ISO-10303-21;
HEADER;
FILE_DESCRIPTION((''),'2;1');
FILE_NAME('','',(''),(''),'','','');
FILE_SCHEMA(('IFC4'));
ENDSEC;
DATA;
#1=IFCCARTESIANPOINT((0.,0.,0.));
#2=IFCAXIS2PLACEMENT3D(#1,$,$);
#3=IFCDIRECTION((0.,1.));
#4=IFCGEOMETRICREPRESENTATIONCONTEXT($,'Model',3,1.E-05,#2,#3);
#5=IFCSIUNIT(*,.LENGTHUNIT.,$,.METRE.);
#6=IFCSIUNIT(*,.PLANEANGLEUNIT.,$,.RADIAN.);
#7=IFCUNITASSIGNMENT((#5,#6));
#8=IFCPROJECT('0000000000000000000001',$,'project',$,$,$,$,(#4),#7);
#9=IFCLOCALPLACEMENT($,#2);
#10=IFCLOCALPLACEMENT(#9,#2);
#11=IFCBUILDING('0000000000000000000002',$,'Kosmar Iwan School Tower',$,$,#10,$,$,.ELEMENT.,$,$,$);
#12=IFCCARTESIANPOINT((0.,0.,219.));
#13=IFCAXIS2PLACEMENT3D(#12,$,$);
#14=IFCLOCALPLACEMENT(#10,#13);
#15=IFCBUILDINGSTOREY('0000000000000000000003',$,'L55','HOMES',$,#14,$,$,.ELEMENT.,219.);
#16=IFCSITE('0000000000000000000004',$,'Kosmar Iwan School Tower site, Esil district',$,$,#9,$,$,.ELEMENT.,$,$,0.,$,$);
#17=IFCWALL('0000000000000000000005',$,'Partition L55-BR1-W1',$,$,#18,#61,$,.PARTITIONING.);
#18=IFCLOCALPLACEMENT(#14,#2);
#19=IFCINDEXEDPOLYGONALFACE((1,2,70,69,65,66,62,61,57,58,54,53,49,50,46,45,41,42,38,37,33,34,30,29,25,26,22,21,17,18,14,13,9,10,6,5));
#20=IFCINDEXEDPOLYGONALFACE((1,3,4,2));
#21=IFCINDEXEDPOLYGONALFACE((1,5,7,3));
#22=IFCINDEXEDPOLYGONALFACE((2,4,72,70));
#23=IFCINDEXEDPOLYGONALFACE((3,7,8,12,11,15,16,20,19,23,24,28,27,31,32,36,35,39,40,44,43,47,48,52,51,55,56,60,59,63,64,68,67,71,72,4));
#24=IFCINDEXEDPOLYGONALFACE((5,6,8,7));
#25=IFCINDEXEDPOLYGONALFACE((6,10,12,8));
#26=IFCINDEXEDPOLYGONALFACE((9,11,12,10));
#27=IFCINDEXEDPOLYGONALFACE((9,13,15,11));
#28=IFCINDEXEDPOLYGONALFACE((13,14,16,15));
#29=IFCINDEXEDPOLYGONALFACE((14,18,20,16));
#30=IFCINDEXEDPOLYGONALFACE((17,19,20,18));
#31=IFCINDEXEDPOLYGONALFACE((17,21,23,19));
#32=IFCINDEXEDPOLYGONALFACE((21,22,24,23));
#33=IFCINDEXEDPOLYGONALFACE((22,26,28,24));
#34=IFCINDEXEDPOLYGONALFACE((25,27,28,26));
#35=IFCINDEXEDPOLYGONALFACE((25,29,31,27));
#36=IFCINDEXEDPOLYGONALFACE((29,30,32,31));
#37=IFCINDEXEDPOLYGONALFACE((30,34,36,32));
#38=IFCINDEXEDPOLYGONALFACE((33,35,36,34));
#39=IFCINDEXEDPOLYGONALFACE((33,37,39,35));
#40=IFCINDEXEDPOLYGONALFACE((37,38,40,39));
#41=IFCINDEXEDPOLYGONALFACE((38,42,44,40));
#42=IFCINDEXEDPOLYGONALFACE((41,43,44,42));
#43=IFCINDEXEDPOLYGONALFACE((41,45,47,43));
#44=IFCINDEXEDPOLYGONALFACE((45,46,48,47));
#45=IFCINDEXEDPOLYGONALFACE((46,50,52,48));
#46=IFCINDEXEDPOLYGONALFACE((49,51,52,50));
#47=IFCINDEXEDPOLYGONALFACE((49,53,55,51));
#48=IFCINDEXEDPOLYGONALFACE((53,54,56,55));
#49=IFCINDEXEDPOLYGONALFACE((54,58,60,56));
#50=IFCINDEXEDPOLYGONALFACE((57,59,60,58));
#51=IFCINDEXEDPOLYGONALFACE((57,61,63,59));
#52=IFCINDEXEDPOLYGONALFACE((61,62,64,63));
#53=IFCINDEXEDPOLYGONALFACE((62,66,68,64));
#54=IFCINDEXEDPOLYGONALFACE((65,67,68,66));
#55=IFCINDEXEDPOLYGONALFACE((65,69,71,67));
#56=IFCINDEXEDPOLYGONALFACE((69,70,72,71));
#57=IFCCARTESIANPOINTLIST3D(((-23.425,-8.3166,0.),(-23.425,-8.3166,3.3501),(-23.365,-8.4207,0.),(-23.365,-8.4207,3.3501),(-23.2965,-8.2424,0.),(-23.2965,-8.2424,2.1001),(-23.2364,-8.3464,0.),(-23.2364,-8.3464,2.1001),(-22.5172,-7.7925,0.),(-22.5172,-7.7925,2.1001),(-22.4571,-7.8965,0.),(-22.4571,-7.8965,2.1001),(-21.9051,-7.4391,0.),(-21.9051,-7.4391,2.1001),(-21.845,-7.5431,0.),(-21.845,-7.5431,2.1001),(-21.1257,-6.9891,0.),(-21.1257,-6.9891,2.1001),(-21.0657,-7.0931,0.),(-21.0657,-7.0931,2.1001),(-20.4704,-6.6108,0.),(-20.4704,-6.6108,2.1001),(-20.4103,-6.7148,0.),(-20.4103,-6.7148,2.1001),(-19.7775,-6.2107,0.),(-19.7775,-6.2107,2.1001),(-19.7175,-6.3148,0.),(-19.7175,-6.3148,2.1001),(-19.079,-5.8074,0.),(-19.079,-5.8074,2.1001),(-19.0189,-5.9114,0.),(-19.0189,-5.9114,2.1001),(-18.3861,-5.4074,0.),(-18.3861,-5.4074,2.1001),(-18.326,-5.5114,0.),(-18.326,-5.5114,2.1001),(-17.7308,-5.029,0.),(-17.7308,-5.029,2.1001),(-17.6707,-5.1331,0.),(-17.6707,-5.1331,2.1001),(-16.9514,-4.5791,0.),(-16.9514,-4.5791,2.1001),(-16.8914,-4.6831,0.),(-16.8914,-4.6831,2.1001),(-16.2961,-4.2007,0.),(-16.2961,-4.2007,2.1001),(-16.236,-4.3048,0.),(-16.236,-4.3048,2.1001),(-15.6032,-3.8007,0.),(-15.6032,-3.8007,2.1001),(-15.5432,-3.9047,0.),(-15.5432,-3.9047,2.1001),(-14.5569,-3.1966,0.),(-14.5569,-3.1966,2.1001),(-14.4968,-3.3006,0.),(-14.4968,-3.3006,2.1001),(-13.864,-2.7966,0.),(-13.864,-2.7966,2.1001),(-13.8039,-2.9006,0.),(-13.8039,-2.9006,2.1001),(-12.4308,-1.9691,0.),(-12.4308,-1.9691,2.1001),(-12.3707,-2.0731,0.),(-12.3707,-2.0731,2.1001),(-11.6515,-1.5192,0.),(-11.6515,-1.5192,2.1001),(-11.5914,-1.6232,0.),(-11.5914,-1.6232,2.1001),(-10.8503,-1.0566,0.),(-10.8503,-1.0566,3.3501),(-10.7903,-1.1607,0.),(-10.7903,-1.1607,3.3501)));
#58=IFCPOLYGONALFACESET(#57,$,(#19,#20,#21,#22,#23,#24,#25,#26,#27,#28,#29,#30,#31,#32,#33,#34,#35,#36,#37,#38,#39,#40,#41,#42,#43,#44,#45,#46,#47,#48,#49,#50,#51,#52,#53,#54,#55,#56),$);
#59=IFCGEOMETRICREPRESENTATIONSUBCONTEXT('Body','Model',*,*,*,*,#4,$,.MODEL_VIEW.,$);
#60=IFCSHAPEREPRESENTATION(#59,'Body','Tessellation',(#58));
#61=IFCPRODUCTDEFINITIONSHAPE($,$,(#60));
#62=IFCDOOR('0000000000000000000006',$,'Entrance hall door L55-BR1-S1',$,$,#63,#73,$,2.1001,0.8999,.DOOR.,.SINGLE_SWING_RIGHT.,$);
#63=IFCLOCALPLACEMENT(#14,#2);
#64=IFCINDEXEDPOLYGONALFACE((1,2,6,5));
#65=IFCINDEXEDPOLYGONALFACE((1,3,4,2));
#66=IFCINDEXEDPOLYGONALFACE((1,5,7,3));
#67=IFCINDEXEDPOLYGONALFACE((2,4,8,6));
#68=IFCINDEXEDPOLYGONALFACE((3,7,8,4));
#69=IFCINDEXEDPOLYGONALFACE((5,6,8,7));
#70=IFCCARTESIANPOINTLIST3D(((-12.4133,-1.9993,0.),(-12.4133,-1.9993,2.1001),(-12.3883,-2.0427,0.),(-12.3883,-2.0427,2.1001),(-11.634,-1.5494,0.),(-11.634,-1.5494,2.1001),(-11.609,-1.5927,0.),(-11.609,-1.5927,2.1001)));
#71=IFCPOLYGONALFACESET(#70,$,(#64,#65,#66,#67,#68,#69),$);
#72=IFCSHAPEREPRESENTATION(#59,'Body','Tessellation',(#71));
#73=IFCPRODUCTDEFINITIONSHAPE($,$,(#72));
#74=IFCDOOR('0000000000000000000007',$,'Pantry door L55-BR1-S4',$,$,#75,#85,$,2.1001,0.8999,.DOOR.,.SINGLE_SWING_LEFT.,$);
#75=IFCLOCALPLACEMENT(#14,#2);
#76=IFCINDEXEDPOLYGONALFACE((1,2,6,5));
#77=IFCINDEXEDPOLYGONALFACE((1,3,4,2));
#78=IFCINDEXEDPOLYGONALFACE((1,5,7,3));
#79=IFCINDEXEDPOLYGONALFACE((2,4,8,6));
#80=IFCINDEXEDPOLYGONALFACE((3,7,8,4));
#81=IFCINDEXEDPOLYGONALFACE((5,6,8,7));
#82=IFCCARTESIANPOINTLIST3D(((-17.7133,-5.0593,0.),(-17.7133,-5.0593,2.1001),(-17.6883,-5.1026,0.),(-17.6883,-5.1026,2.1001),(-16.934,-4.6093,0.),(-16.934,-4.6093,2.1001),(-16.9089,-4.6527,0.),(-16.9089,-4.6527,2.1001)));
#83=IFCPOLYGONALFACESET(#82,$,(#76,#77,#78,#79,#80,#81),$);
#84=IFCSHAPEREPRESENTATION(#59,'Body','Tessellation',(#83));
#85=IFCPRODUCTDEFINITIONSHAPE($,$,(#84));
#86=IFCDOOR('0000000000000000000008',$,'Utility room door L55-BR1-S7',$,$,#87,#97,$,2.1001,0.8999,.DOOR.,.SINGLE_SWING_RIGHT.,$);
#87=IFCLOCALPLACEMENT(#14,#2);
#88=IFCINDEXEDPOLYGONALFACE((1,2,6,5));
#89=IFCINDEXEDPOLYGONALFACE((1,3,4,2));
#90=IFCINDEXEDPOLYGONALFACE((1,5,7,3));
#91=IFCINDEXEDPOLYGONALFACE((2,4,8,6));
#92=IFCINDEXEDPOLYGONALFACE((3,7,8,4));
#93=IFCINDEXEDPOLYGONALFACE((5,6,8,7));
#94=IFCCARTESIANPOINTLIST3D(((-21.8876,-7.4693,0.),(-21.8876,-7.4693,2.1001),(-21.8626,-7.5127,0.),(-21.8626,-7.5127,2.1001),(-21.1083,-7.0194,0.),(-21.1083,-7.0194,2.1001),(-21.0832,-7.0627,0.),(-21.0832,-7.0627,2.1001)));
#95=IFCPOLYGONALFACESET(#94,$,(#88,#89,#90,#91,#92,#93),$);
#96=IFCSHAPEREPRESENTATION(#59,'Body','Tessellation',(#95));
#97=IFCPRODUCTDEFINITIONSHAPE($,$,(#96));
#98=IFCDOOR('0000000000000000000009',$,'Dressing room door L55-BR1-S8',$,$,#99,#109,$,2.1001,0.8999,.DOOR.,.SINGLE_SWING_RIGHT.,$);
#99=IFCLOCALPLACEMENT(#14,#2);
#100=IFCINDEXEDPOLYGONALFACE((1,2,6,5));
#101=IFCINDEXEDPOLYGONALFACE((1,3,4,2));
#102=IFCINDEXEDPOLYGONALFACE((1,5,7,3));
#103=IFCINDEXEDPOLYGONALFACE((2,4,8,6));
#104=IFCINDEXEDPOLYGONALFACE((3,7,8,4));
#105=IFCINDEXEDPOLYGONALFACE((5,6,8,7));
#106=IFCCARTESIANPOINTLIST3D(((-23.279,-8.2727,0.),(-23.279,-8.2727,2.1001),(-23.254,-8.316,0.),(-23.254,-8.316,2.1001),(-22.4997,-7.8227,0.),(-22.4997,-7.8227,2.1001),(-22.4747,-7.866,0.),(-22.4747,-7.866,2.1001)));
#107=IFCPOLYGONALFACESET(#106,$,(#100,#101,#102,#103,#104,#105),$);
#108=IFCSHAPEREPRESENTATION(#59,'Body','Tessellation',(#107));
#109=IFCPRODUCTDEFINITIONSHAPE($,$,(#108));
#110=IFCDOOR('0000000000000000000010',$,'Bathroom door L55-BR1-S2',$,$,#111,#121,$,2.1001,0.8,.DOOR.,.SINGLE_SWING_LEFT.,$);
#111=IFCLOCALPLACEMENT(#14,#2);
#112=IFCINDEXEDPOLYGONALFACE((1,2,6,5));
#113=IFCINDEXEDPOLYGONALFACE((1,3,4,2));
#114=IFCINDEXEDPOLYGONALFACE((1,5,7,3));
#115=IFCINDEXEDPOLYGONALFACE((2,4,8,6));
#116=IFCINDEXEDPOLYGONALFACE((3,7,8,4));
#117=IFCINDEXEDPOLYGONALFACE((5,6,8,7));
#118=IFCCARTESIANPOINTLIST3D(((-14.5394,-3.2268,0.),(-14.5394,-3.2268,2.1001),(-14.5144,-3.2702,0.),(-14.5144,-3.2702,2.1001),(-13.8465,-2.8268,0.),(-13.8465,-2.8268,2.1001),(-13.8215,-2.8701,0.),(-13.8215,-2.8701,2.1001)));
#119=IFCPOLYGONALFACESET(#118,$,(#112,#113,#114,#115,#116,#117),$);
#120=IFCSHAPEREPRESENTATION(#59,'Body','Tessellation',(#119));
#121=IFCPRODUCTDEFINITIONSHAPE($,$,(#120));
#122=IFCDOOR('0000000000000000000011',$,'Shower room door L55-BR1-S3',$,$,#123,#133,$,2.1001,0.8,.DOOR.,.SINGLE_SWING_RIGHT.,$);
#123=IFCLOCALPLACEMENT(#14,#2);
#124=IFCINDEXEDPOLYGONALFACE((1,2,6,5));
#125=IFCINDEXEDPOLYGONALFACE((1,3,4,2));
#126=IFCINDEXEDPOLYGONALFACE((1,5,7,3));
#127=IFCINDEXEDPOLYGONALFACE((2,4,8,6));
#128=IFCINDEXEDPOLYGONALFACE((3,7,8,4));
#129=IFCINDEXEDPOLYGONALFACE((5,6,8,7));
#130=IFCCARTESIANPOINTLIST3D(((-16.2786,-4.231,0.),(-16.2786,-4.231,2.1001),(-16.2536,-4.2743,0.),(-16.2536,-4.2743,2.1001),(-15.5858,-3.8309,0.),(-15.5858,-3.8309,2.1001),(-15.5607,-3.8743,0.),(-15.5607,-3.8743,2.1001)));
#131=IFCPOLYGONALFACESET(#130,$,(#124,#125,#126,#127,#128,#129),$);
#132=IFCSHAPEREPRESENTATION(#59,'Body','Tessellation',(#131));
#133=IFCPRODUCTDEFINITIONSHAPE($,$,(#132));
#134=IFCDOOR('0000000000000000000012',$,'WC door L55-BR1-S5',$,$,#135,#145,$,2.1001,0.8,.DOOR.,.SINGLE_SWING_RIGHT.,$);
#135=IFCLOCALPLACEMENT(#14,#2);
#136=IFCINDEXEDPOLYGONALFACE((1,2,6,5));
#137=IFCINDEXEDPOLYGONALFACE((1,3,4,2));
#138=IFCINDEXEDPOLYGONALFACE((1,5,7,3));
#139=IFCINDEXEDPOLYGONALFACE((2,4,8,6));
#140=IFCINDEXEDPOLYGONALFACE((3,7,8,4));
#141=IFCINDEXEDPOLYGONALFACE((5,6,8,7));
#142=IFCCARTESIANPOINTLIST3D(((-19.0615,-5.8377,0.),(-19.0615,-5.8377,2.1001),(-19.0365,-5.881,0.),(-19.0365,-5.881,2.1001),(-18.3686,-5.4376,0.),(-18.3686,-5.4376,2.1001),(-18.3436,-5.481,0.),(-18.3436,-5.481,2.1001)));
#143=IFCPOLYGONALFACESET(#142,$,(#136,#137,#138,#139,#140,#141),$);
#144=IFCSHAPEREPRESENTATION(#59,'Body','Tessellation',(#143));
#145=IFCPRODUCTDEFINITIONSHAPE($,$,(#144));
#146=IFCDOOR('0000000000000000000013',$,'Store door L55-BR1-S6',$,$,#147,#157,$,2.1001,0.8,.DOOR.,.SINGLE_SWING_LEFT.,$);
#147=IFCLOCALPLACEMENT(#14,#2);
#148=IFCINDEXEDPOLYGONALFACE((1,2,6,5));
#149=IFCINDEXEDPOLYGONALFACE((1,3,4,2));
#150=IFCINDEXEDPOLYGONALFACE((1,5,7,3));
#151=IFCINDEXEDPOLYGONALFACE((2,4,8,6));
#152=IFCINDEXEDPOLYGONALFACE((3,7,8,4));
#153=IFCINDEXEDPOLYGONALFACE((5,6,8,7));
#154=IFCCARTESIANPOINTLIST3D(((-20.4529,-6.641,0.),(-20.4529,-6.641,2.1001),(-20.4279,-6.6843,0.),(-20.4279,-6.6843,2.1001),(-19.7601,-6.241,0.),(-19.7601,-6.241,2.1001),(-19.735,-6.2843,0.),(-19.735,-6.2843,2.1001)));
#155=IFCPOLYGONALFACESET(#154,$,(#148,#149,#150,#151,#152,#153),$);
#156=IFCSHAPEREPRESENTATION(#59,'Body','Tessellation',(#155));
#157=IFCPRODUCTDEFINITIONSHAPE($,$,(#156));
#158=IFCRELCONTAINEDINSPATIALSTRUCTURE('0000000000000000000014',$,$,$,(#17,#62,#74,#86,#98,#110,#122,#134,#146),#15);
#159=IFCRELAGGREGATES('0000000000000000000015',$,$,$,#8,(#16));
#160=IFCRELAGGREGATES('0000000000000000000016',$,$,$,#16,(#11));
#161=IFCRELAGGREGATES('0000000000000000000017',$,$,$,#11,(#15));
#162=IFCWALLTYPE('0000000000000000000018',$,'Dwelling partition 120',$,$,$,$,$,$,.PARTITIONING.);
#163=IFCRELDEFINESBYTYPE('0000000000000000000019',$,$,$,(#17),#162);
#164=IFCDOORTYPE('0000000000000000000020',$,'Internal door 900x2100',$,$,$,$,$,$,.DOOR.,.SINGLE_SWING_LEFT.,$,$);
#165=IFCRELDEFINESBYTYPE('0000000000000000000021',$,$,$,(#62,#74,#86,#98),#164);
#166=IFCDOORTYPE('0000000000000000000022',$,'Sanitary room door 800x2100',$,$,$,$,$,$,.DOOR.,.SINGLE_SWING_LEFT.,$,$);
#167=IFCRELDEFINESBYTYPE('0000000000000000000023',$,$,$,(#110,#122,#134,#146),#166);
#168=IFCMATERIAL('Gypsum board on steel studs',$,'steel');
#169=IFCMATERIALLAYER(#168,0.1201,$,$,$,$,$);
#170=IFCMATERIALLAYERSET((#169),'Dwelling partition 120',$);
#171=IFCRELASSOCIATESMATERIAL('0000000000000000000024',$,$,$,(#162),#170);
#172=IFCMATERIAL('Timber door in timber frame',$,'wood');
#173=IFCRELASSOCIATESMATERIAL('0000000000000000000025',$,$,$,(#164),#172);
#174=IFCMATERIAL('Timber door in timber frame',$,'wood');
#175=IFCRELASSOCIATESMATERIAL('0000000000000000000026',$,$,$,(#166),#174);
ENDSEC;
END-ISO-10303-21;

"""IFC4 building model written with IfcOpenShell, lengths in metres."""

from ifc_helpers import new_model, si_unit, direction, frame, frame_2d, origin, place, context, subcontext, project, spatial, rectangle, extrude, material, layer, layer_set, type_object, element, fill, save


model = new_model("IFC4")

# Units and contexts
model_context = context("Model", 3, precision=1e-05, world=origin(), true_north=direction((0.0, 1.0)))
body_context = subcontext(model_context, "Body", "Model", "MODEL_VIEW")
ifc_project = project(units=[si_unit("LENGTHUNIT", "METRE"), si_unit("PLANEANGLEUNIT", "RADIAN")], contexts=[model_context])

# Site, building, storey
site_placement = place(None, origin())
site = spatial("IfcSite", under=ifc_project, at=site_placement, Name="Kosmar Iwan School Tower site, Esil district", CompositionType="ELEMENT", RefElevation=0.0)
building_placement = place(site_placement, origin())
building = spatial("IfcBuilding", under=site, at=building_placement, Name="Kosmar Iwan School Tower", CompositionType="ELEMENT")
storey_placement = place(building_placement, frame((0.0, 0.0, 219.0)))
storey = spatial("IfcBuildingStorey", under=building, at=storey_placement, Name="L55", Description="HOMES", CompositionType="ELEMENT", Elevation=219.0)

# Shared definitions
ifc_material_1 = material(Name="Gypsum board on steel studs", Category="steel")
ifc_layer_1 = layer(ifc_material_1, 0.1201)
ifc_layer_set_1 = layer_set([ifc_layer_1], Name="Dwelling partition 120")
wall_type_1 = type_object("IfcWallType", Name="Dwelling partition 120", PredefinedType="PARTITIONING", material=ifc_layer_set_1)

# Wall, openings, doors
wall_1_placement = place(storey_placement, frame((-10.8203, -1.1086, 0.0), z_axis=(0.0, 0.0, 1.0), x_axis=(-0.866025, -0.5, 0.0)))
wall_1 = element("IfcWall", 1, at=wall_1_placement, inside=storey, type_object=wall_type_1, Name="Partition L55-BR1-W1", PredefinedType="PARTITIONING", context=body_context, shape_type="SweptSolid", body=[
    extrude(rectangle(XDim=14.52, YDim=0.1201, at=frame_2d((7.26, 0.0))), origin(), (0.0, 0.0, 1.0), 3.3501),
])
opening_1_placement = place(wall_1_placement, frame((0.925, 0.0, 0.0)))
opening_1 = element("IfcOpeningElement", 2, at=opening_1_placement, cuts=wall_1, PredefinedType="OPENING", context=body_context, shape_type="SweptSolid", body=[
    extrude(rectangle(XDim=0.8999, YDim=2.1001, at=frame_2d((0.45, 1.05))), frame((0.0, 0.072, 0.0), z_axis=(0.0, -1.0, 0.0), x_axis=(1.0, 0.0, 0.0)), (0.0, 0.0, 1.0), 0.144),
])
opening_2_placement = place(wall_1_placement, frame((3.48, 0.0, 0.0)))
opening_2 = element("IfcOpeningElement", 3, at=opening_2_placement, cuts=wall_1, PredefinedType="OPENING", context=body_context, shape_type="SweptSolid", body=[
    extrude(rectangle(XDim=0.8, YDim=2.1001, at=frame_2d((0.3999, 1.05))), frame((0.0, 0.072, 0.0), z_axis=(0.0, -1.0, 0.0), x_axis=(1.0, 0.0, 0.0)), (0.0, 0.0, 1.0), 0.144),
])
opening_3_placement = place(wall_1_placement, frame((5.4883, 0.0, 0.0)))
opening_3 = element("IfcOpeningElement", 4, at=opening_3_placement, cuts=wall_1, PredefinedType="OPENING", context=body_context, shape_type="SweptSolid", body=[
    extrude(rectangle(XDim=0.8, YDim=2.1001, at=frame_2d((0.3999, 1.05))), frame((0.0, 0.072, 0.0), z_axis=(0.0, -1.0, 0.0), x_axis=(1.0, 0.0, 0.0)), (0.0, 0.0, 1.0), 0.144),
])
opening_4_placement = place(wall_1_placement, frame((7.0449, 0.0, 0.0)))
opening_4 = element("IfcOpeningElement", 5, at=opening_4_placement, cuts=wall_1, PredefinedType="OPENING", context=body_context, shape_type="SweptSolid", body=[
    extrude(rectangle(XDim=0.8999, YDim=2.1001, at=frame_2d((0.45, 1.05))), frame((0.0, 0.072, 0.0), z_axis=(0.0, -1.0, 0.0), x_axis=(1.0, 0.0, 0.0)), (0.0, 0.0, 1.0), 0.144),
])
opening_5_placement = place(wall_1_placement, frame((8.7017, 0.0, 0.0)))
opening_5 = element("IfcOpeningElement", 6, at=opening_5_placement, cuts=wall_1, PredefinedType="OPENING", context=body_context, shape_type="SweptSolid", body=[
    extrude(rectangle(XDim=0.8, YDim=2.1001, at=frame_2d((0.3999, 1.05))), frame((0.0, 0.072, 0.0), z_axis=(0.0, -1.0, 0.0), x_axis=(1.0, 0.0, 0.0)), (0.0, 0.0, 1.0), 0.144),
])
opening_6_placement = place(wall_1_placement, frame((10.3083, 0.0, 0.0)))
opening_6 = element("IfcOpeningElement", 7, at=opening_6_placement, cuts=wall_1, PredefinedType="OPENING", context=body_context, shape_type="SweptSolid", body=[
    extrude(rectangle(XDim=0.8, YDim=2.1001, at=frame_2d((0.3999, 1.05))), frame((0.0, 0.072, 0.0), z_axis=(0.0, -1.0, 0.0), x_axis=(1.0, 0.0, 0.0)), (0.0, 0.0, 1.0), 0.144),
])
opening_7_placement = place(wall_1_placement, frame((11.865, 0.0, 0.0)))
opening_7 = element("IfcOpeningElement", 8, at=opening_7_placement, cuts=wall_1, PredefinedType="OPENING", context=body_context, shape_type="SweptSolid", body=[
    extrude(rectangle(XDim=0.8999, YDim=2.1001, at=frame_2d((0.45, 1.05))), frame((0.0, 0.072, 0.0), z_axis=(0.0, -1.0, 0.0), x_axis=(1.0, 0.0, 0.0)), (0.0, 0.0, 1.0), 0.144),
])
opening_8_placement = place(wall_1_placement, frame((13.4717, 0.0, 0.0)))
opening_8 = element("IfcOpeningElement", 9, at=opening_8_placement, cuts=wall_1, PredefinedType="OPENING", context=body_context, shape_type="SweptSolid", body=[
    extrude(rectangle(XDim=0.8999, YDim=2.1001, at=frame_2d((0.45, 1.05))), frame((0.0, 0.072, 0.0), z_axis=(0.0, -1.0, 0.0), x_axis=(1.0, 0.0, 0.0)), (0.0, 0.0, 1.0), 0.144),
])
ifc_material_2 = material(Name="Timber door in timber frame", Category="wood")
door_type_1 = type_object("IfcDoorType", Name="Internal door 900x2100", OperationType="SINGLE_SWING_LEFT", PredefinedType="DOOR", material=ifc_material_2)
door_1_placement = place(opening_1_placement, origin())
door_1 = element("IfcDoor", 10, at=door_1_placement, inside=storey, type_object=door_type_1, Name="Entrance hall door L55-BR1-S1", OperationType="SINGLE_SWING_RIGHT", OverallHeight=2.1001, OverallWidth=0.8999, PredefinedType="DOOR", context=body_context, shape_type="SweptSolid", body=[
    extrude(rectangle(XDim=0.8999, YDim=2.1001, at=frame_2d((0.45, 1.05))), frame((0.0, 0.0249, 0.0), z_axis=(0.0, -1.0, 0.0), x_axis=(1.0, 0.0, 0.0)), (0.0, 0.0, 1.0), 0.05),
])
fill(opening_1, door_1)
door_2_placement = place(opening_4_placement, origin())
door_2 = element("IfcDoor", 11, at=door_2_placement, inside=storey, type_object=door_type_1, Name="Pantry door L55-BR1-S4", OperationType="SINGLE_SWING_LEFT", OverallHeight=2.1001, OverallWidth=0.8999, PredefinedType="DOOR", context=body_context, shape_type="SweptSolid", body=[
    extrude(rectangle(XDim=0.8999, YDim=2.1001, at=frame_2d((0.45, 1.05))), frame((0.0, 0.0249, 0.0), z_axis=(0.0, -1.0, 0.0), x_axis=(1.0, 0.0, 0.0)), (0.0, 0.0, 1.0), 0.05),
])
fill(opening_4, door_2)
door_3_placement = place(opening_7_placement, origin())
door_3 = element("IfcDoor", 12, at=door_3_placement, inside=storey, type_object=door_type_1, Name="Utility room door L55-BR1-S7", OperationType="SINGLE_SWING_RIGHT", OverallHeight=2.1001, OverallWidth=0.8999, PredefinedType="DOOR", context=body_context, shape_type="SweptSolid", body=[
    extrude(rectangle(XDim=0.8999, YDim=2.1001, at=frame_2d((0.45, 1.05))), frame((0.0, 0.0249, 0.0), z_axis=(0.0, -1.0, 0.0), x_axis=(1.0, 0.0, 0.0)), (0.0, 0.0, 1.0), 0.05),
])
fill(opening_7, door_3)
door_4_placement = place(opening_8_placement, origin())
door_4 = element("IfcDoor", 13, at=door_4_placement, inside=storey, type_object=door_type_1, Name="Dressing room door L55-BR1-S8", OperationType="SINGLE_SWING_RIGHT", OverallHeight=2.1001, OverallWidth=0.8999, PredefinedType="DOOR", context=body_context, shape_type="SweptSolid", body=[
    extrude(rectangle(XDim=0.8999, YDim=2.1001, at=frame_2d((0.45, 1.05))), frame((0.0, 0.0249, 0.0), z_axis=(0.0, -1.0, 0.0), x_axis=(1.0, 0.0, 0.0)), (0.0, 0.0, 1.0), 0.05),
])
fill(opening_8, door_4)
ifc_material_3 = material(Name="Timber door in timber frame", Category="wood")
door_type_2 = type_object("IfcDoorType", Name="Sanitary room door 800x2100", OperationType="SINGLE_SWING_LEFT", PredefinedType="DOOR", material=ifc_material_3)
door_5_placement = place(opening_2_placement, origin())
door_5 = element("IfcDoor", 14, at=door_5_placement, inside=storey, type_object=door_type_2, Name="Bathroom door L55-BR1-S2", OperationType="SINGLE_SWING_LEFT", OverallHeight=2.1001, OverallWidth=0.8, PredefinedType="DOOR", context=body_context, shape_type="SweptSolid", body=[
    extrude(rectangle(XDim=0.8, YDim=2.1001, at=frame_2d((0.3999, 1.05))), frame((0.0, 0.0249, 0.0), z_axis=(0.0, -1.0, 0.0), x_axis=(1.0, 0.0, 0.0)), (0.0, 0.0, 1.0), 0.05),
])
fill(opening_2, door_5)
door_6_placement = place(opening_3_placement, origin())
door_6 = element("IfcDoor", 15, at=door_6_placement, inside=storey, type_object=door_type_2, Name="Shower room door L55-BR1-S3", OperationType="SINGLE_SWING_RIGHT", OverallHeight=2.1001, OverallWidth=0.8, PredefinedType="DOOR", context=body_context, shape_type="SweptSolid", body=[
    extrude(rectangle(XDim=0.8, YDim=2.1001, at=frame_2d((0.3999, 1.05))), frame((0.0, 0.0249, 0.0), z_axis=(0.0, -1.0, 0.0), x_axis=(1.0, 0.0, 0.0)), (0.0, 0.0, 1.0), 0.05),
])
fill(opening_3, door_6)
door_7_placement = place(opening_5_placement, origin())
door_7 = element("IfcDoor", 16, at=door_7_placement, inside=storey, type_object=door_type_2, Name="WC door L55-BR1-S5", OperationType="SINGLE_SWING_RIGHT", OverallHeight=2.1001, OverallWidth=0.8, PredefinedType="DOOR", context=body_context, shape_type="SweptSolid", body=[
    extrude(rectangle(XDim=0.8, YDim=2.1001, at=frame_2d((0.3999, 1.05))), frame((0.0, 0.0249, 0.0), z_axis=(0.0, -1.0, 0.0), x_axis=(1.0, 0.0, 0.0)), (0.0, 0.0, 1.0), 0.05),
])
fill(opening_5, door_7)
door_8_placement = place(opening_6_placement, origin())
door_8 = element("IfcDoor", 17, at=door_8_placement, inside=storey, type_object=door_type_2, Name="Store door L55-BR1-S6", OperationType="SINGLE_SWING_LEFT", OverallHeight=2.1001, OverallWidth=0.8, PredefinedType="DOOR", context=body_context, shape_type="SweptSolid", body=[
    extrude(rectangle(XDim=0.8, YDim=2.1001, at=frame_2d((0.3999, 1.05))), frame((0.0, 0.0249, 0.0), z_axis=(0.0, -1.0, 0.0), x_axis=(1.0, 0.0, 0.0)), (0.0, 0.0, 1.0), 0.05),
])
fill(opening_6, door_8)

save(model, "model.ifc")
